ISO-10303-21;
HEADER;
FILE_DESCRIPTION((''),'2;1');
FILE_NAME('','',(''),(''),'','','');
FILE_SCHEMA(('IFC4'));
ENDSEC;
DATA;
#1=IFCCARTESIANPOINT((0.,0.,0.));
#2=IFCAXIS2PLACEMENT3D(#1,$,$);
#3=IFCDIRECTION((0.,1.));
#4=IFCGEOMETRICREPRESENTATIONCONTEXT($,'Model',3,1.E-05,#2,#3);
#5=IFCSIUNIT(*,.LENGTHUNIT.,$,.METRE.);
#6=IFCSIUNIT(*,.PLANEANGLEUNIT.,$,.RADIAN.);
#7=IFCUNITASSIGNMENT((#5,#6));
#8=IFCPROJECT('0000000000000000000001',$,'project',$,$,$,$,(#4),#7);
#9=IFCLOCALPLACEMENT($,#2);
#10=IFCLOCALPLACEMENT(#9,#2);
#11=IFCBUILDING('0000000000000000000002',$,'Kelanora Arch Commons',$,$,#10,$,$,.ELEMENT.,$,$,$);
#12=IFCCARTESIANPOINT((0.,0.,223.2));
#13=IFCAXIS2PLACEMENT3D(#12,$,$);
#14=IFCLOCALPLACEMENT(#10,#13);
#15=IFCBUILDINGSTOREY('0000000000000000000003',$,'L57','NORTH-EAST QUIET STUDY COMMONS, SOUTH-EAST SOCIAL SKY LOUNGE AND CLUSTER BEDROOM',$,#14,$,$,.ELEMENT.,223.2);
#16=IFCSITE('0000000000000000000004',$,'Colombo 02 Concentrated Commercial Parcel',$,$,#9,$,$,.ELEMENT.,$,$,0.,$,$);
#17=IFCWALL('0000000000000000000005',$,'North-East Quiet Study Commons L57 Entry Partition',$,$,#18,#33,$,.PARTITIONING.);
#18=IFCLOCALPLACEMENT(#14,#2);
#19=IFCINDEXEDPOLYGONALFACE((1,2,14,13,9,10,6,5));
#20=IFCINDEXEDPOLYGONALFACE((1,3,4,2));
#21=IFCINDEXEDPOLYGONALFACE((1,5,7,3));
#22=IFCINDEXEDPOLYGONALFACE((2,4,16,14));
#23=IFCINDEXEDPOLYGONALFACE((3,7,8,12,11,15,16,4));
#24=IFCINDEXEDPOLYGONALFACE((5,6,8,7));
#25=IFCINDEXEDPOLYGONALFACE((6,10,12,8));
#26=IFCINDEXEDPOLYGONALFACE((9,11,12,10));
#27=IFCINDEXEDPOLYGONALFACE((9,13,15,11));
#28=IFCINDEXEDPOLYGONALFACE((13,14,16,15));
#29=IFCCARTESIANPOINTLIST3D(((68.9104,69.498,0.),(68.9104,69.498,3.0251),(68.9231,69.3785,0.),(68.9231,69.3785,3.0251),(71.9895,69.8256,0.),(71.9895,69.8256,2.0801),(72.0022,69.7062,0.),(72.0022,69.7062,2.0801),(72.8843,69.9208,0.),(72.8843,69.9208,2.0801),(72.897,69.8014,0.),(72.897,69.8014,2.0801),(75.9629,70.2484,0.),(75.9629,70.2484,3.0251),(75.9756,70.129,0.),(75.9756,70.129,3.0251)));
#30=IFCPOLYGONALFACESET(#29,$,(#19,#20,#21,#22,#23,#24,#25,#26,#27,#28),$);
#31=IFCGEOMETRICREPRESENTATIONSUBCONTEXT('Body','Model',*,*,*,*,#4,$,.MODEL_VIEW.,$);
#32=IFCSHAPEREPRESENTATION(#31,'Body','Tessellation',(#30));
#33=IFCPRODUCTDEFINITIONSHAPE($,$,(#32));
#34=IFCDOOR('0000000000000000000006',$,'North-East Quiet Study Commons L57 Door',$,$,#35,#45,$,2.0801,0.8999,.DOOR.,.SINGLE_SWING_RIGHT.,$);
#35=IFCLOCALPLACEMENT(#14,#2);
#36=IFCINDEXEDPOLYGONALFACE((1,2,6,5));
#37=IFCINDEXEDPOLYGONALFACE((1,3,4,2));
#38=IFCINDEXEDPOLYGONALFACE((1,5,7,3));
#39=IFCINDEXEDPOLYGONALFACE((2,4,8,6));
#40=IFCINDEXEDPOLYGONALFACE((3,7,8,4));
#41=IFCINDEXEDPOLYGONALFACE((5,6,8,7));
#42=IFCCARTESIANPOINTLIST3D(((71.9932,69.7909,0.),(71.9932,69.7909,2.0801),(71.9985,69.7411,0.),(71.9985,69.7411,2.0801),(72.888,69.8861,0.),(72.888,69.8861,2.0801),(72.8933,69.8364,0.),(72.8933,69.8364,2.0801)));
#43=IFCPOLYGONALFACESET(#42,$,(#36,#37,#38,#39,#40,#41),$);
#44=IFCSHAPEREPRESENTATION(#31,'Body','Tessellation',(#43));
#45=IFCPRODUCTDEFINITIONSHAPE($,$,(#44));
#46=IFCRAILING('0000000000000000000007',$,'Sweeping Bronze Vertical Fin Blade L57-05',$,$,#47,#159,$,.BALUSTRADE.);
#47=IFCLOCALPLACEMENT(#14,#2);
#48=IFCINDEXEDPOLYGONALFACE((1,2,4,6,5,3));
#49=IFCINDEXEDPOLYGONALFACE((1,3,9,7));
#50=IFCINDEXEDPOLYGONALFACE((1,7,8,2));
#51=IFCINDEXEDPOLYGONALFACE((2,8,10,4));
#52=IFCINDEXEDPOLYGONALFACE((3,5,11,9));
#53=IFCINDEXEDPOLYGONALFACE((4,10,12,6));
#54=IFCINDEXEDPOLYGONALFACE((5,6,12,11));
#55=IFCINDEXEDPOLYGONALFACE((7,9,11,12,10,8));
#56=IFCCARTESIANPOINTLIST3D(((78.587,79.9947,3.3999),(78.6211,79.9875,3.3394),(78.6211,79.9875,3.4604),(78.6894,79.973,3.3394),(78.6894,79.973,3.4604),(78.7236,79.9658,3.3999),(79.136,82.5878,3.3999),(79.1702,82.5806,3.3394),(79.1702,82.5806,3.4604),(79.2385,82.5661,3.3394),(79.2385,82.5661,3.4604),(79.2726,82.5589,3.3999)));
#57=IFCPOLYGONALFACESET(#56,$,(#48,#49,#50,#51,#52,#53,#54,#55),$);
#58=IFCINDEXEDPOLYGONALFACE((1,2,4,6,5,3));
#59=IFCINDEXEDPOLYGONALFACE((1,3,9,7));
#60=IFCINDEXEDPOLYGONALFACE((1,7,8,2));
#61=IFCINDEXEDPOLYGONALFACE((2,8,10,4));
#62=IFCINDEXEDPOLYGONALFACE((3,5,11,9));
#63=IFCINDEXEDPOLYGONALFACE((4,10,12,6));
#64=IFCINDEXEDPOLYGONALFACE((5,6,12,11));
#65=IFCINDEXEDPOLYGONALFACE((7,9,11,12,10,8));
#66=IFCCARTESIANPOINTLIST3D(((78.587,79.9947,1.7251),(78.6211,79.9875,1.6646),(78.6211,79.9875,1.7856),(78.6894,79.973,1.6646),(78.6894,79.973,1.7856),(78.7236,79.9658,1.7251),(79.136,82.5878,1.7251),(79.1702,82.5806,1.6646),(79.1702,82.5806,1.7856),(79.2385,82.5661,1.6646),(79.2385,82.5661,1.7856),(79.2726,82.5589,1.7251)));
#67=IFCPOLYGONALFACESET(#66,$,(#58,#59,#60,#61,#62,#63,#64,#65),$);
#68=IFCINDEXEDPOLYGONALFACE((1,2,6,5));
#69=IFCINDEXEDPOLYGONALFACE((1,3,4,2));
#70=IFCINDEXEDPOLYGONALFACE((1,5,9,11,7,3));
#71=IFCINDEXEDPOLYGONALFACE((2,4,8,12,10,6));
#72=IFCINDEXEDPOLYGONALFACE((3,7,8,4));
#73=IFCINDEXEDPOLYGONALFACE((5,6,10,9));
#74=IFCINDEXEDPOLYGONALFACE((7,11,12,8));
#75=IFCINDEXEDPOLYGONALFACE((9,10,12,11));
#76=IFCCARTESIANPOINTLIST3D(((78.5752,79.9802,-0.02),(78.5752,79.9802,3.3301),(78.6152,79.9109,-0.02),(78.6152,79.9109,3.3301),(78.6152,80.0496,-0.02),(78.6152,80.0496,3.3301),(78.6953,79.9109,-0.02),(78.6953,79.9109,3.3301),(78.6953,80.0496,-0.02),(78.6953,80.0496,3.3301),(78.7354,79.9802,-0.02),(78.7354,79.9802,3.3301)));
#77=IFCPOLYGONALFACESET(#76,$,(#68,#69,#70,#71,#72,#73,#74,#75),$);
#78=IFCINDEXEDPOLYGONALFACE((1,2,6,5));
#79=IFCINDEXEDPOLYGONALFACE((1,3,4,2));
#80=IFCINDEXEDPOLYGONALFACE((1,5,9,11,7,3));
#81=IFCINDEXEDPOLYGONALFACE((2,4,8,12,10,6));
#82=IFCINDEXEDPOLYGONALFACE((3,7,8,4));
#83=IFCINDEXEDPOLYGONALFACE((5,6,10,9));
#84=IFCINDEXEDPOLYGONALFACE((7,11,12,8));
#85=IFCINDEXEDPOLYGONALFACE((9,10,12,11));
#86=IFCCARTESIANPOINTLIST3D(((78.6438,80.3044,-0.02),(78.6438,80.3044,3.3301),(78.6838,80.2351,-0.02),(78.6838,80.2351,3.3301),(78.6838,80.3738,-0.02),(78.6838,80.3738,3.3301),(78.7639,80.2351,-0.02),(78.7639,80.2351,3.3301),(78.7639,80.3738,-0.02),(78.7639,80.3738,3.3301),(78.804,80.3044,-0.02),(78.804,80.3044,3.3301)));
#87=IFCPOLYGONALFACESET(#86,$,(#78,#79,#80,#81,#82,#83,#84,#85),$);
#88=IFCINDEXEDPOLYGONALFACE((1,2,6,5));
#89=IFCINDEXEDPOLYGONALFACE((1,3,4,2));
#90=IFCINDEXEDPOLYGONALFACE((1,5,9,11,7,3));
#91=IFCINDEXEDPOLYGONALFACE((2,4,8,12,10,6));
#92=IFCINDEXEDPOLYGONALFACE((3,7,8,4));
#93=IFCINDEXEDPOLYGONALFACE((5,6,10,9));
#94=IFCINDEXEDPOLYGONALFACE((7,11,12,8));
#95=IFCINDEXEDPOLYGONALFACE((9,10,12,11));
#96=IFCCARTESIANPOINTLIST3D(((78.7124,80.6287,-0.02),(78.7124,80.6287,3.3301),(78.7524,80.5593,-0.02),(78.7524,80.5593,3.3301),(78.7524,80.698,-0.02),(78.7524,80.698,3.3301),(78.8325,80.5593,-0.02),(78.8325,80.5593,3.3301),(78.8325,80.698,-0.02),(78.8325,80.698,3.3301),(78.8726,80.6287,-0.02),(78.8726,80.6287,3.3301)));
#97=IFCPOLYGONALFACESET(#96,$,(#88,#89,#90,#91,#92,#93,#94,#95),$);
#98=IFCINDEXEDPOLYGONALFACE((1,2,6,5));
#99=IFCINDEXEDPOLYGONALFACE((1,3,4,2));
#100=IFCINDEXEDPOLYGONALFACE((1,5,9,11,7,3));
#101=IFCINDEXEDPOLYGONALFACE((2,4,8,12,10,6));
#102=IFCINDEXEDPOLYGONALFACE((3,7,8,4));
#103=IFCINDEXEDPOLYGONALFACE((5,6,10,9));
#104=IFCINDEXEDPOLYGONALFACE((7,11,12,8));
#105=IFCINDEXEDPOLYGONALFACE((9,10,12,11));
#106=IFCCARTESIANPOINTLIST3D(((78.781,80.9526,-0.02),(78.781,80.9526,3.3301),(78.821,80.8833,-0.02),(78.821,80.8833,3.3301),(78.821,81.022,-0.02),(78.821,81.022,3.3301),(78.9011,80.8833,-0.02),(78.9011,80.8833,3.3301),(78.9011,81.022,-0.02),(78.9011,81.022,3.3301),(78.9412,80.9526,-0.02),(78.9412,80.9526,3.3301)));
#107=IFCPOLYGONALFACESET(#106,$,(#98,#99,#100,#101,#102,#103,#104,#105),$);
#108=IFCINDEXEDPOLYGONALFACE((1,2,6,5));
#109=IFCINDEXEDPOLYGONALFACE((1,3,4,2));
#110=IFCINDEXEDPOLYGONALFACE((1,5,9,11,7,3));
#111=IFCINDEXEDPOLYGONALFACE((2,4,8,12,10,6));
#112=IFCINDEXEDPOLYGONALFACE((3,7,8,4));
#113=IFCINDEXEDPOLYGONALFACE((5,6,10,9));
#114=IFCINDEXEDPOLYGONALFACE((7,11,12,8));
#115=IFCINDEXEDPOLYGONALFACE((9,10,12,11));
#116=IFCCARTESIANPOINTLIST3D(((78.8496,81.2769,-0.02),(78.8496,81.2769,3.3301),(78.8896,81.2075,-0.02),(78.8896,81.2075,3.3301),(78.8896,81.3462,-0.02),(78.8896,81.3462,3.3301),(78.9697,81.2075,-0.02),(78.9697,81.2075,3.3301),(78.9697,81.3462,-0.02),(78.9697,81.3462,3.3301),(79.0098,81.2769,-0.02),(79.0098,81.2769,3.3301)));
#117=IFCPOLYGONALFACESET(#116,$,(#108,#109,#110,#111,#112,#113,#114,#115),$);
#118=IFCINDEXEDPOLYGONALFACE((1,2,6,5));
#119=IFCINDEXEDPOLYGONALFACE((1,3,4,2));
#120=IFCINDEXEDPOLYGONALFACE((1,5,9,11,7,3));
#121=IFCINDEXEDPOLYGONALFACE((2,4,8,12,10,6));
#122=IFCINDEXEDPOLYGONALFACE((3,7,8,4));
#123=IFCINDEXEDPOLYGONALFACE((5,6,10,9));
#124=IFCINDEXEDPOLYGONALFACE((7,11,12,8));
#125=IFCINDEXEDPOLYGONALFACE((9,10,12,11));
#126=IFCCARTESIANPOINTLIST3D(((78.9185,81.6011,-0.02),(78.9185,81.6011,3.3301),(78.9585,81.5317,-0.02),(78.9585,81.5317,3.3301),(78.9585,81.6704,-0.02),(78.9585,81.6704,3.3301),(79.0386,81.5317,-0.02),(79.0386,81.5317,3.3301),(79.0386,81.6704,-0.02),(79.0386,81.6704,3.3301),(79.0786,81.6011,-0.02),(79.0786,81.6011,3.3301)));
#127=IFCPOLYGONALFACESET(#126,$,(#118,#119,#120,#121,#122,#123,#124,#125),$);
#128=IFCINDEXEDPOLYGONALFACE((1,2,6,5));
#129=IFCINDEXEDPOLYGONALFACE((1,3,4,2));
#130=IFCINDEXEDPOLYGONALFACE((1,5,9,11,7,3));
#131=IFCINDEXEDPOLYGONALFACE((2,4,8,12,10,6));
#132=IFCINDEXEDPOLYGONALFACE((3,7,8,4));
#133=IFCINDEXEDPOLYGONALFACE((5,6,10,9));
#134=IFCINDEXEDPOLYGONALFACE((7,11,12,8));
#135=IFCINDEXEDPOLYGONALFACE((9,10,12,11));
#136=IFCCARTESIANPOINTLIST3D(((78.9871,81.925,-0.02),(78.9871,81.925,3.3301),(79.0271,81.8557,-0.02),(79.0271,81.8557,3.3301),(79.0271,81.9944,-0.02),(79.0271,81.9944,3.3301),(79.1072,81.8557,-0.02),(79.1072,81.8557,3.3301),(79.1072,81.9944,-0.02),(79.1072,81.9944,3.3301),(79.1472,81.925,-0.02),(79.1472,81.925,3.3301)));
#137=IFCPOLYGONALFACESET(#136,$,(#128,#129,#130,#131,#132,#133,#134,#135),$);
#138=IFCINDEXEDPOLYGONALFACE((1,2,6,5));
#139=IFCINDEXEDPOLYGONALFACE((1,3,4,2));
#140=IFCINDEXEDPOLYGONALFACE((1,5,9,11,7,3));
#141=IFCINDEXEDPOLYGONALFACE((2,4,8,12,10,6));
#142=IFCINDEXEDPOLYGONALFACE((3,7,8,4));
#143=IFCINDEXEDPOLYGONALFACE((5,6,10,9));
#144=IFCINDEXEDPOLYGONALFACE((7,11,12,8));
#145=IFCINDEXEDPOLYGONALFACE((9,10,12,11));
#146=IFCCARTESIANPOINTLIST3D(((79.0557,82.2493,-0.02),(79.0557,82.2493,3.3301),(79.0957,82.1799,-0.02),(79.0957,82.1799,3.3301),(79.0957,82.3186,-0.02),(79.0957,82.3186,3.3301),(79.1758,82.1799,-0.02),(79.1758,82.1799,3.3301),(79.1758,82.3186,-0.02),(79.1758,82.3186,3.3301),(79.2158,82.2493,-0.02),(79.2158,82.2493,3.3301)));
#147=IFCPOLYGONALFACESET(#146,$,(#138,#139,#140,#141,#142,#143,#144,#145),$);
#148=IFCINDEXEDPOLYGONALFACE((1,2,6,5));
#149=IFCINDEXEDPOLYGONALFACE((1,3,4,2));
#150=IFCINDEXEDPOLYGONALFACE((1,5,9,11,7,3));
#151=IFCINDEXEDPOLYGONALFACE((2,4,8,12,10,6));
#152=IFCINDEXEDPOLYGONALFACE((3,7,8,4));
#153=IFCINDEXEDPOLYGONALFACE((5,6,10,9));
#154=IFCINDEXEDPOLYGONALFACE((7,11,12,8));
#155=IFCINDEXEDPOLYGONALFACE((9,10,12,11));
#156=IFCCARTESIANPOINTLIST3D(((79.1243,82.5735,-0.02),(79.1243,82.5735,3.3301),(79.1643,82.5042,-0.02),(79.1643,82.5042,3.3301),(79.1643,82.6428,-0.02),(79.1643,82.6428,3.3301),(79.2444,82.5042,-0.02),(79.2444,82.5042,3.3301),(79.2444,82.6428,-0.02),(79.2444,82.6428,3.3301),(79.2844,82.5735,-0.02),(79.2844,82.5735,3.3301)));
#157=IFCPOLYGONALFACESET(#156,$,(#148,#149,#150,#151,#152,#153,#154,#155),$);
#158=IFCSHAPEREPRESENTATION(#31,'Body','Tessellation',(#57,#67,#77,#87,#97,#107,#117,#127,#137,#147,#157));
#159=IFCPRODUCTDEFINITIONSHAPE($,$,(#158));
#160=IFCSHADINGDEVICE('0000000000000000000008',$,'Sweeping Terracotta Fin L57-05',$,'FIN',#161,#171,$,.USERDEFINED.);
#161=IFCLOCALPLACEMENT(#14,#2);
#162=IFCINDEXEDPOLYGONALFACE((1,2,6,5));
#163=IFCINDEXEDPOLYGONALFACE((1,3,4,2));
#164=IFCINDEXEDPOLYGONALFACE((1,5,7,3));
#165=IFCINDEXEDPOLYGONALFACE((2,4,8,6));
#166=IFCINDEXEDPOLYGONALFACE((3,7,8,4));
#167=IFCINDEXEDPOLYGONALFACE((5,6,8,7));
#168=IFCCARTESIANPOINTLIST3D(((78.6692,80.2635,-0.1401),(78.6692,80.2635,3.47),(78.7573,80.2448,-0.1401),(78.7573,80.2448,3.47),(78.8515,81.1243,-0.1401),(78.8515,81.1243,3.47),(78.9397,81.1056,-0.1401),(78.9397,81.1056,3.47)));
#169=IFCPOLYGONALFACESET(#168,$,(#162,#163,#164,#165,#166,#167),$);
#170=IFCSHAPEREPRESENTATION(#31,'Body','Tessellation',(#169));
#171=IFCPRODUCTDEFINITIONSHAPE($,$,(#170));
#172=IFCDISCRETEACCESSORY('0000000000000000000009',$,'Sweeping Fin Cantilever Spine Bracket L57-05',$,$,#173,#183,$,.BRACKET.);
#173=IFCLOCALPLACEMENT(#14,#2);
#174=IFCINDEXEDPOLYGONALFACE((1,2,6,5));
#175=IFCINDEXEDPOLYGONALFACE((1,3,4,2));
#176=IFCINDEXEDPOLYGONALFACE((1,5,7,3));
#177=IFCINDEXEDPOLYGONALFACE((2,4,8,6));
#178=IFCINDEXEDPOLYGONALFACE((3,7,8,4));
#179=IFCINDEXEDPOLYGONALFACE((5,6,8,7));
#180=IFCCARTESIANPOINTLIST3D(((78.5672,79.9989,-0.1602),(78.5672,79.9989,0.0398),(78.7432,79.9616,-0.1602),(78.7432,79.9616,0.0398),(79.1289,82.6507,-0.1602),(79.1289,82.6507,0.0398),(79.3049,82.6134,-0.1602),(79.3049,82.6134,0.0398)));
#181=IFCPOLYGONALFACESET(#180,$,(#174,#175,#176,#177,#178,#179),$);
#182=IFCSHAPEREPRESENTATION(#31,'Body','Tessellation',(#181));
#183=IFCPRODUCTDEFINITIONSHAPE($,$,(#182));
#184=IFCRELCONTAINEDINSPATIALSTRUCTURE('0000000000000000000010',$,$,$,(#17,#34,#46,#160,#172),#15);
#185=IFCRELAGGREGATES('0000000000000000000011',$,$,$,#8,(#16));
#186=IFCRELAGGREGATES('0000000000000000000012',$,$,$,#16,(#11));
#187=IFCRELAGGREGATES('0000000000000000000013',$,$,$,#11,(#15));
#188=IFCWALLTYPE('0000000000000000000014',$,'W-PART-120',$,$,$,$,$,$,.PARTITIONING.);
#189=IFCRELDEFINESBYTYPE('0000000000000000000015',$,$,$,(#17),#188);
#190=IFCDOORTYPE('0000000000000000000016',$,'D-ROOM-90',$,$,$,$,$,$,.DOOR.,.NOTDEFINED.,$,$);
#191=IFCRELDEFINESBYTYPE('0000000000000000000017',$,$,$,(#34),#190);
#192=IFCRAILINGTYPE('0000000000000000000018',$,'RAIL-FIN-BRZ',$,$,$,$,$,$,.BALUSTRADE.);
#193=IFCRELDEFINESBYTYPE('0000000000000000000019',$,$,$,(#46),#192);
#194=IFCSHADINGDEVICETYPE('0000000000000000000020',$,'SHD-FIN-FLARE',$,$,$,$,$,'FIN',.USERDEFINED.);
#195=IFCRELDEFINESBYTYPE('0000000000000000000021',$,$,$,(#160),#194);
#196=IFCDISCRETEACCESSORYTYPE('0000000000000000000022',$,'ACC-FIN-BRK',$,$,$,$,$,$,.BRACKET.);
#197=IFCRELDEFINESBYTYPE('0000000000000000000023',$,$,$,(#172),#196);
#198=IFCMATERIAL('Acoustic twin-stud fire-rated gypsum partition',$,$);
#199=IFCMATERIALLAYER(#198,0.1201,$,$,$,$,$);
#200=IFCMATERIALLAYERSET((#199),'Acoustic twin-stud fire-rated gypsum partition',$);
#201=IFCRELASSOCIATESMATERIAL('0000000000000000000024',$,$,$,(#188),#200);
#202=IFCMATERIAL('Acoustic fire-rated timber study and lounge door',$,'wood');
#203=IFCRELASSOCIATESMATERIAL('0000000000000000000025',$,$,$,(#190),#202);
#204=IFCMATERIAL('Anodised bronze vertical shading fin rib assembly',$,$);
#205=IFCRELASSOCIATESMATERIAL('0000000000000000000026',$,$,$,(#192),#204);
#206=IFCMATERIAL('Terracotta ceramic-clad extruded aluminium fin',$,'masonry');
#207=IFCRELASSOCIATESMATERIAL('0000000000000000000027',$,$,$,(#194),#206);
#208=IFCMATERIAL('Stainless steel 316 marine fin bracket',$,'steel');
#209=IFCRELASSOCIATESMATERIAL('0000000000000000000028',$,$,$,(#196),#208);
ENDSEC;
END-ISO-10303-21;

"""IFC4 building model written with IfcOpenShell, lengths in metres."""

from ifc_helpers import new_model, si_unit, direction, frame, frame_2d, origin, origin_2d, place, context, subcontext, project, spatial, polyline, rectangle, outline, extrude, source, transform, mapped, material, layer, layer_set, type_object, element, fill, save


model = new_model("IFC4")

# Units and contexts
model_context = context("Model", 3, precision=1e-05, world=origin(), true_north=direction((0.0, 1.0)))
body_context = subcontext(model_context, "Body", "Model", "MODEL_VIEW")
ifc_project = project(units=[si_unit("LENGTHUNIT", "METRE"), si_unit("PLANEANGLEUNIT", "RADIAN")], contexts=[model_context])

# Site, building, storey
site_placement = place(None, origin())
site = spatial("IfcSite", under=ifc_project, at=site_placement, Name="Colombo 02 Concentrated Commercial Parcel", CompositionType="ELEMENT", RefElevation=0.0)
building_placement = place(site_placement, origin())
building = spatial("IfcBuilding", under=site, at=building_placement, Name="Kelanora Arch Commons", CompositionType="ELEMENT")
storey_placement = place(building_placement, frame((0.0, 0.0, 223.2)))
storey = spatial("IfcBuildingStorey", under=building, at=storey_placement, Name="L57", Description="NORTH-EAST QUIET STUDY COMMONS, SOUTH-EAST SOCIAL SKY LOUNGE AND CLUSTER BEDROOM", CompositionType="ELEMENT", Elevation=223.2)

# Wall, opening, door
ifc_material_1 = material(Name="Acoustic twin-stud fire-rated gypsum partition")
ifc_layer_1 = layer(ifc_material_1, 0.1201)
ifc_layer_set_1 = layer_set([ifc_layer_1], Name="Acoustic twin-stud fire-rated gypsum partition")
wall_type_1 = type_object("IfcWallType", Name="W-PART-120", PredefinedType="PARTITIONING", material=ifc_layer_set_1)
wall_1_placement = place(storey_placement, frame((75.9692, 70.1887, 0.0), z_axis=(0.0, 0.0, 1.0), x_axis=(-0.994386, -0.105817, 0.0)))
wall_1 = element("IfcWall", 1, at=wall_1_placement, inside=storey, type_object=wall_type_1, Name="North-East Quiet Study Commons L57 Entry Partition", PredefinedType="PARTITIONING", context=body_context, shape_type="SweptSolid", body=[
    extrude(rectangle(XDim=7.0923, YDim=0.1201, at=frame_2d((3.5461, 0.0))), origin(), (0.0, 0.0, 1.0), 3.0251),
])
opening_1_placement = place(wall_1_placement, frame((3.0959, 0.0, 0.0)))
opening_1 = element("IfcOpeningElement", 2, at=opening_1_placement, cuts=wall_1, PredefinedType="OPENING", context=body_context, shape_type="SweptSolid", body=[
    extrude(rectangle(XDim=0.8999, YDim=2.0801, at=frame_2d((0.45, 1.04))), frame((0.0, 0.0701, 0.0), z_axis=(0.0, -1.0, 0.0), x_axis=(1.0, 0.0, 0.0)), (0.0, 0.0, 1.0), 0.1401),
])
ifc_material_2 = material(Name="Acoustic fire-rated timber study and lounge door", Category="wood")
door_type = type_object("IfcDoorType", Name="D-ROOM-90", OperationType="NOTDEFINED", PredefinedType="DOOR", material=ifc_material_2)
door_placement = place(opening_1_placement, origin())
door = element("IfcDoor", 3, at=door_placement, inside=storey, type_object=door_type, Name="North-East Quiet Study Commons L57 Door", OperationType="SINGLE_SWING_RIGHT", OverallHeight=2.0801, OverallWidth=0.8999, PredefinedType="DOOR", context=body_context, shape_type="SweptSolid", body=[
    extrude(rectangle(XDim=0.8999, YDim=2.0801, at=frame_2d((0.45, 1.04))), frame((0.0, 0.0249, 0.0), z_axis=(0.0, -1.0, 0.0), x_axis=(1.0, 0.0, 0.0)), (0.0, 0.0, 1.0), 0.05),
])
fill(opening_1, door)

# Railing
ifc_material_3 = material(Name="Anodised bronze vertical shading fin rib assembly")
railing_type = type_object("IfcRailingType", Name="RAIL-FIN-BRZ", PredefinedType="BALUSTRADE", material=ifc_material_3)
railing_placement = place(storey_placement, frame((78.6553, 79.9802, -0.02)))
element("IfcRailing", 4, at=railing_placement, inside=storey, type_object=railing_type, Name="Sweeping Bronze Vertical Fin Blade L57-05", PredefinedType="BALUSTRADE", context=body_context, shape_type="SweptSolid", body=[
    extrude(outline(polyline([(0.0698, 0.0), (0.0349, 0.0605), (-0.0349, 0.0605), (-0.0698, 0.0), (-0.0349, -0.0605), (0.0349, -0.0605), (0.0698, 0.0)])), frame((0.0, 0.0, 3.4199), z_axis=(0.207138, 0.978312, 0.0), x_axis=(-0.978312, 0.207138, 0.0)), (0.0, 0.0, 1.0), 2.6506),
    extrude(outline(polyline([(0.0698, 0.0), (0.0349, 0.0605), (-0.0349, 0.0605), (-0.0698, 0.0), (-0.0349, -0.0605), (0.0349, -0.0605), (0.0698, 0.0)])), frame((0.0, 0.0, 1.7451), z_axis=(0.207138, 0.978312, 0.0), x_axis=(-0.978312, 0.207138, 0.0)), (0.0, 0.0, 1.0), 2.6506),
    extrude(outline(polyline([(0.0801, 0.0), (0.04, 0.0693), (-0.04, 0.0693), (-0.0801, 0.0), (-0.04, -0.0693), (0.04, -0.0693), (0.0801, 0.0)])), origin(), (0.0, 0.0, 1.0), 3.3501),
    extrude(outline(polyline([(0.0801, 0.0), (0.04, 0.0693), (-0.04, 0.0693), (-0.0801, 0.0), (-0.04, -0.0693), (0.04, -0.0693), (0.0801, 0.0)])), frame((0.0686, 0.3242, 0.0)), (0.0, 0.0, 1.0), 3.3501),
    extrude(outline(polyline([(0.0801, 0.0), (0.04, 0.0693), (-0.04, 0.0693), (-0.0801, 0.0), (-0.04, -0.0693), (0.04, -0.0693), (0.0801, 0.0)])), frame((0.1372, 0.6484, 0.0)), (0.0, 0.0, 1.0), 3.3501),
    extrude(outline(polyline([(0.0801, 0.0), (0.04, 0.0693), (-0.04, 0.0693), (-0.0801, 0.0), (-0.04, -0.0693), (0.04, -0.0693), (0.0801, 0.0)])), frame((0.2058, 0.9724, 0.0)), (0.0, 0.0, 1.0), 3.3501),
    extrude(outline(polyline([(0.0801, 0.0), (0.04, 0.0693), (-0.04, 0.0693), (-0.0801, 0.0), (-0.04, -0.0693), (0.04, -0.0693), (0.0801, 0.0)])), frame((0.2744, 1.2966, 0.0)), (0.0, 0.0, 1.0), 3.3501),
    extrude(outline(polyline([(0.0801, 0.0), (0.04, 0.0693), (-0.04, 0.0693), (-0.0801, 0.0), (-0.04, -0.0693), (0.04, -0.0693), (0.0801, 0.0)])), frame((0.3433, 1.6208, 0.0)), (0.0, 0.0, 1.0), 3.3501),
    extrude(outline(polyline([(0.0801, 0.0), (0.04, 0.0693), (-0.04, 0.0693), (-0.0801, 0.0), (-0.04, -0.0693), (0.04, -0.0693), (0.0801, 0.0)])), frame((0.4119, 1.9448, 0.0)), (0.0, 0.0, 1.0), 3.3501),
    extrude(outline(polyline([(0.0801, 0.0), (0.04, 0.0693), (-0.04, 0.0693), (-0.0801, 0.0), (-0.04, -0.0693), (0.04, -0.0693), (0.0801, 0.0)])), frame((0.4805, 2.269, 0.0)), (0.0, 0.0, 1.0), 3.3501),
    extrude(outline(polyline([(0.0801, 0.0), (0.04, 0.0693), (-0.04, 0.0693), (-0.0801, 0.0), (-0.04, -0.0693), (0.04, -0.0693), (0.0801, 0.0)])), frame((0.5491, 2.5933, 0.0)), (0.0, 0.0, 1.0), 3.3501),
])

# Shading device
ifc_material_4 = material(Name="Terracotta ceramic-clad extruded aluminium fin", Category="masonry")
shading_device_type = type_object("IfcShadingDeviceType", Name="SHD-FIN-FLARE", ElementType="FIN", PredefinedType="USERDEFINED", material=ifc_material_4)
shared_shape_1 = source(origin(), body_context, "Body", "SweptSolid", [
    extrude(rectangle(XDim=0.8799, YDim=0.0901, at=origin_2d()), origin(), (0.0, 0.0, 1.0), 3.6101),
])
shading_device_placement = place(storey_placement, frame((78.8044, 80.6846, -0.1401), z_axis=(0.0, 0.0, 1.0), x_axis=(0.207229, 0.978293, 0.0)))
element("IfcShadingDevice", 5, at=shading_device_placement, inside=storey, type_object=shading_device_type, Name="Sweeping Terracotta Fin L57-05", ObjectType="FIN", PredefinedType="USERDEFINED", context=body_context, shape_type="MappedRepresentation", body=[
    mapped(shared_shape_1, transform((0.0, 0.0, 0.0), scale=1.0)),
])

# Discrete accessory
ifc_material_5 = material(Name="Stainless steel 316 marine fin bracket", Category="steel")
discrete_accessory_type = type_object("IfcDiscreteAccessoryType", Name="ACC-FIN-BRK", PredefinedType="BRACKET", material=ifc_material_5)
shared_shape_2 = source(origin(), body_context, "Body", "SweptSolid", [
    extrude(rectangle(XDim=2.7107, YDim=0.1799, at=origin_2d()), origin(), (0.0, 0.0, 1.0), 0.2),
])
discrete_accessory_placement = place(storey_placement, frame((78.936, 81.3062, -0.1602), z_axis=(0.0, 0.0, 1.0), x_axis=(0.207229, 0.978293, 0.0)))
element("IfcDiscreteAccessory", 6, at=discrete_accessory_placement, inside=storey, type_object=discrete_accessory_type, Name="Sweeping Fin Cantilever Spine Bracket L57-05", PredefinedType="BRACKET", context=body_context, shape_type="MappedRepresentation", body=[
    mapped(shared_shape_2, transform((0.0, 0.0, 0.0), scale=1.0)),
])

save(model, "model.ifc")
